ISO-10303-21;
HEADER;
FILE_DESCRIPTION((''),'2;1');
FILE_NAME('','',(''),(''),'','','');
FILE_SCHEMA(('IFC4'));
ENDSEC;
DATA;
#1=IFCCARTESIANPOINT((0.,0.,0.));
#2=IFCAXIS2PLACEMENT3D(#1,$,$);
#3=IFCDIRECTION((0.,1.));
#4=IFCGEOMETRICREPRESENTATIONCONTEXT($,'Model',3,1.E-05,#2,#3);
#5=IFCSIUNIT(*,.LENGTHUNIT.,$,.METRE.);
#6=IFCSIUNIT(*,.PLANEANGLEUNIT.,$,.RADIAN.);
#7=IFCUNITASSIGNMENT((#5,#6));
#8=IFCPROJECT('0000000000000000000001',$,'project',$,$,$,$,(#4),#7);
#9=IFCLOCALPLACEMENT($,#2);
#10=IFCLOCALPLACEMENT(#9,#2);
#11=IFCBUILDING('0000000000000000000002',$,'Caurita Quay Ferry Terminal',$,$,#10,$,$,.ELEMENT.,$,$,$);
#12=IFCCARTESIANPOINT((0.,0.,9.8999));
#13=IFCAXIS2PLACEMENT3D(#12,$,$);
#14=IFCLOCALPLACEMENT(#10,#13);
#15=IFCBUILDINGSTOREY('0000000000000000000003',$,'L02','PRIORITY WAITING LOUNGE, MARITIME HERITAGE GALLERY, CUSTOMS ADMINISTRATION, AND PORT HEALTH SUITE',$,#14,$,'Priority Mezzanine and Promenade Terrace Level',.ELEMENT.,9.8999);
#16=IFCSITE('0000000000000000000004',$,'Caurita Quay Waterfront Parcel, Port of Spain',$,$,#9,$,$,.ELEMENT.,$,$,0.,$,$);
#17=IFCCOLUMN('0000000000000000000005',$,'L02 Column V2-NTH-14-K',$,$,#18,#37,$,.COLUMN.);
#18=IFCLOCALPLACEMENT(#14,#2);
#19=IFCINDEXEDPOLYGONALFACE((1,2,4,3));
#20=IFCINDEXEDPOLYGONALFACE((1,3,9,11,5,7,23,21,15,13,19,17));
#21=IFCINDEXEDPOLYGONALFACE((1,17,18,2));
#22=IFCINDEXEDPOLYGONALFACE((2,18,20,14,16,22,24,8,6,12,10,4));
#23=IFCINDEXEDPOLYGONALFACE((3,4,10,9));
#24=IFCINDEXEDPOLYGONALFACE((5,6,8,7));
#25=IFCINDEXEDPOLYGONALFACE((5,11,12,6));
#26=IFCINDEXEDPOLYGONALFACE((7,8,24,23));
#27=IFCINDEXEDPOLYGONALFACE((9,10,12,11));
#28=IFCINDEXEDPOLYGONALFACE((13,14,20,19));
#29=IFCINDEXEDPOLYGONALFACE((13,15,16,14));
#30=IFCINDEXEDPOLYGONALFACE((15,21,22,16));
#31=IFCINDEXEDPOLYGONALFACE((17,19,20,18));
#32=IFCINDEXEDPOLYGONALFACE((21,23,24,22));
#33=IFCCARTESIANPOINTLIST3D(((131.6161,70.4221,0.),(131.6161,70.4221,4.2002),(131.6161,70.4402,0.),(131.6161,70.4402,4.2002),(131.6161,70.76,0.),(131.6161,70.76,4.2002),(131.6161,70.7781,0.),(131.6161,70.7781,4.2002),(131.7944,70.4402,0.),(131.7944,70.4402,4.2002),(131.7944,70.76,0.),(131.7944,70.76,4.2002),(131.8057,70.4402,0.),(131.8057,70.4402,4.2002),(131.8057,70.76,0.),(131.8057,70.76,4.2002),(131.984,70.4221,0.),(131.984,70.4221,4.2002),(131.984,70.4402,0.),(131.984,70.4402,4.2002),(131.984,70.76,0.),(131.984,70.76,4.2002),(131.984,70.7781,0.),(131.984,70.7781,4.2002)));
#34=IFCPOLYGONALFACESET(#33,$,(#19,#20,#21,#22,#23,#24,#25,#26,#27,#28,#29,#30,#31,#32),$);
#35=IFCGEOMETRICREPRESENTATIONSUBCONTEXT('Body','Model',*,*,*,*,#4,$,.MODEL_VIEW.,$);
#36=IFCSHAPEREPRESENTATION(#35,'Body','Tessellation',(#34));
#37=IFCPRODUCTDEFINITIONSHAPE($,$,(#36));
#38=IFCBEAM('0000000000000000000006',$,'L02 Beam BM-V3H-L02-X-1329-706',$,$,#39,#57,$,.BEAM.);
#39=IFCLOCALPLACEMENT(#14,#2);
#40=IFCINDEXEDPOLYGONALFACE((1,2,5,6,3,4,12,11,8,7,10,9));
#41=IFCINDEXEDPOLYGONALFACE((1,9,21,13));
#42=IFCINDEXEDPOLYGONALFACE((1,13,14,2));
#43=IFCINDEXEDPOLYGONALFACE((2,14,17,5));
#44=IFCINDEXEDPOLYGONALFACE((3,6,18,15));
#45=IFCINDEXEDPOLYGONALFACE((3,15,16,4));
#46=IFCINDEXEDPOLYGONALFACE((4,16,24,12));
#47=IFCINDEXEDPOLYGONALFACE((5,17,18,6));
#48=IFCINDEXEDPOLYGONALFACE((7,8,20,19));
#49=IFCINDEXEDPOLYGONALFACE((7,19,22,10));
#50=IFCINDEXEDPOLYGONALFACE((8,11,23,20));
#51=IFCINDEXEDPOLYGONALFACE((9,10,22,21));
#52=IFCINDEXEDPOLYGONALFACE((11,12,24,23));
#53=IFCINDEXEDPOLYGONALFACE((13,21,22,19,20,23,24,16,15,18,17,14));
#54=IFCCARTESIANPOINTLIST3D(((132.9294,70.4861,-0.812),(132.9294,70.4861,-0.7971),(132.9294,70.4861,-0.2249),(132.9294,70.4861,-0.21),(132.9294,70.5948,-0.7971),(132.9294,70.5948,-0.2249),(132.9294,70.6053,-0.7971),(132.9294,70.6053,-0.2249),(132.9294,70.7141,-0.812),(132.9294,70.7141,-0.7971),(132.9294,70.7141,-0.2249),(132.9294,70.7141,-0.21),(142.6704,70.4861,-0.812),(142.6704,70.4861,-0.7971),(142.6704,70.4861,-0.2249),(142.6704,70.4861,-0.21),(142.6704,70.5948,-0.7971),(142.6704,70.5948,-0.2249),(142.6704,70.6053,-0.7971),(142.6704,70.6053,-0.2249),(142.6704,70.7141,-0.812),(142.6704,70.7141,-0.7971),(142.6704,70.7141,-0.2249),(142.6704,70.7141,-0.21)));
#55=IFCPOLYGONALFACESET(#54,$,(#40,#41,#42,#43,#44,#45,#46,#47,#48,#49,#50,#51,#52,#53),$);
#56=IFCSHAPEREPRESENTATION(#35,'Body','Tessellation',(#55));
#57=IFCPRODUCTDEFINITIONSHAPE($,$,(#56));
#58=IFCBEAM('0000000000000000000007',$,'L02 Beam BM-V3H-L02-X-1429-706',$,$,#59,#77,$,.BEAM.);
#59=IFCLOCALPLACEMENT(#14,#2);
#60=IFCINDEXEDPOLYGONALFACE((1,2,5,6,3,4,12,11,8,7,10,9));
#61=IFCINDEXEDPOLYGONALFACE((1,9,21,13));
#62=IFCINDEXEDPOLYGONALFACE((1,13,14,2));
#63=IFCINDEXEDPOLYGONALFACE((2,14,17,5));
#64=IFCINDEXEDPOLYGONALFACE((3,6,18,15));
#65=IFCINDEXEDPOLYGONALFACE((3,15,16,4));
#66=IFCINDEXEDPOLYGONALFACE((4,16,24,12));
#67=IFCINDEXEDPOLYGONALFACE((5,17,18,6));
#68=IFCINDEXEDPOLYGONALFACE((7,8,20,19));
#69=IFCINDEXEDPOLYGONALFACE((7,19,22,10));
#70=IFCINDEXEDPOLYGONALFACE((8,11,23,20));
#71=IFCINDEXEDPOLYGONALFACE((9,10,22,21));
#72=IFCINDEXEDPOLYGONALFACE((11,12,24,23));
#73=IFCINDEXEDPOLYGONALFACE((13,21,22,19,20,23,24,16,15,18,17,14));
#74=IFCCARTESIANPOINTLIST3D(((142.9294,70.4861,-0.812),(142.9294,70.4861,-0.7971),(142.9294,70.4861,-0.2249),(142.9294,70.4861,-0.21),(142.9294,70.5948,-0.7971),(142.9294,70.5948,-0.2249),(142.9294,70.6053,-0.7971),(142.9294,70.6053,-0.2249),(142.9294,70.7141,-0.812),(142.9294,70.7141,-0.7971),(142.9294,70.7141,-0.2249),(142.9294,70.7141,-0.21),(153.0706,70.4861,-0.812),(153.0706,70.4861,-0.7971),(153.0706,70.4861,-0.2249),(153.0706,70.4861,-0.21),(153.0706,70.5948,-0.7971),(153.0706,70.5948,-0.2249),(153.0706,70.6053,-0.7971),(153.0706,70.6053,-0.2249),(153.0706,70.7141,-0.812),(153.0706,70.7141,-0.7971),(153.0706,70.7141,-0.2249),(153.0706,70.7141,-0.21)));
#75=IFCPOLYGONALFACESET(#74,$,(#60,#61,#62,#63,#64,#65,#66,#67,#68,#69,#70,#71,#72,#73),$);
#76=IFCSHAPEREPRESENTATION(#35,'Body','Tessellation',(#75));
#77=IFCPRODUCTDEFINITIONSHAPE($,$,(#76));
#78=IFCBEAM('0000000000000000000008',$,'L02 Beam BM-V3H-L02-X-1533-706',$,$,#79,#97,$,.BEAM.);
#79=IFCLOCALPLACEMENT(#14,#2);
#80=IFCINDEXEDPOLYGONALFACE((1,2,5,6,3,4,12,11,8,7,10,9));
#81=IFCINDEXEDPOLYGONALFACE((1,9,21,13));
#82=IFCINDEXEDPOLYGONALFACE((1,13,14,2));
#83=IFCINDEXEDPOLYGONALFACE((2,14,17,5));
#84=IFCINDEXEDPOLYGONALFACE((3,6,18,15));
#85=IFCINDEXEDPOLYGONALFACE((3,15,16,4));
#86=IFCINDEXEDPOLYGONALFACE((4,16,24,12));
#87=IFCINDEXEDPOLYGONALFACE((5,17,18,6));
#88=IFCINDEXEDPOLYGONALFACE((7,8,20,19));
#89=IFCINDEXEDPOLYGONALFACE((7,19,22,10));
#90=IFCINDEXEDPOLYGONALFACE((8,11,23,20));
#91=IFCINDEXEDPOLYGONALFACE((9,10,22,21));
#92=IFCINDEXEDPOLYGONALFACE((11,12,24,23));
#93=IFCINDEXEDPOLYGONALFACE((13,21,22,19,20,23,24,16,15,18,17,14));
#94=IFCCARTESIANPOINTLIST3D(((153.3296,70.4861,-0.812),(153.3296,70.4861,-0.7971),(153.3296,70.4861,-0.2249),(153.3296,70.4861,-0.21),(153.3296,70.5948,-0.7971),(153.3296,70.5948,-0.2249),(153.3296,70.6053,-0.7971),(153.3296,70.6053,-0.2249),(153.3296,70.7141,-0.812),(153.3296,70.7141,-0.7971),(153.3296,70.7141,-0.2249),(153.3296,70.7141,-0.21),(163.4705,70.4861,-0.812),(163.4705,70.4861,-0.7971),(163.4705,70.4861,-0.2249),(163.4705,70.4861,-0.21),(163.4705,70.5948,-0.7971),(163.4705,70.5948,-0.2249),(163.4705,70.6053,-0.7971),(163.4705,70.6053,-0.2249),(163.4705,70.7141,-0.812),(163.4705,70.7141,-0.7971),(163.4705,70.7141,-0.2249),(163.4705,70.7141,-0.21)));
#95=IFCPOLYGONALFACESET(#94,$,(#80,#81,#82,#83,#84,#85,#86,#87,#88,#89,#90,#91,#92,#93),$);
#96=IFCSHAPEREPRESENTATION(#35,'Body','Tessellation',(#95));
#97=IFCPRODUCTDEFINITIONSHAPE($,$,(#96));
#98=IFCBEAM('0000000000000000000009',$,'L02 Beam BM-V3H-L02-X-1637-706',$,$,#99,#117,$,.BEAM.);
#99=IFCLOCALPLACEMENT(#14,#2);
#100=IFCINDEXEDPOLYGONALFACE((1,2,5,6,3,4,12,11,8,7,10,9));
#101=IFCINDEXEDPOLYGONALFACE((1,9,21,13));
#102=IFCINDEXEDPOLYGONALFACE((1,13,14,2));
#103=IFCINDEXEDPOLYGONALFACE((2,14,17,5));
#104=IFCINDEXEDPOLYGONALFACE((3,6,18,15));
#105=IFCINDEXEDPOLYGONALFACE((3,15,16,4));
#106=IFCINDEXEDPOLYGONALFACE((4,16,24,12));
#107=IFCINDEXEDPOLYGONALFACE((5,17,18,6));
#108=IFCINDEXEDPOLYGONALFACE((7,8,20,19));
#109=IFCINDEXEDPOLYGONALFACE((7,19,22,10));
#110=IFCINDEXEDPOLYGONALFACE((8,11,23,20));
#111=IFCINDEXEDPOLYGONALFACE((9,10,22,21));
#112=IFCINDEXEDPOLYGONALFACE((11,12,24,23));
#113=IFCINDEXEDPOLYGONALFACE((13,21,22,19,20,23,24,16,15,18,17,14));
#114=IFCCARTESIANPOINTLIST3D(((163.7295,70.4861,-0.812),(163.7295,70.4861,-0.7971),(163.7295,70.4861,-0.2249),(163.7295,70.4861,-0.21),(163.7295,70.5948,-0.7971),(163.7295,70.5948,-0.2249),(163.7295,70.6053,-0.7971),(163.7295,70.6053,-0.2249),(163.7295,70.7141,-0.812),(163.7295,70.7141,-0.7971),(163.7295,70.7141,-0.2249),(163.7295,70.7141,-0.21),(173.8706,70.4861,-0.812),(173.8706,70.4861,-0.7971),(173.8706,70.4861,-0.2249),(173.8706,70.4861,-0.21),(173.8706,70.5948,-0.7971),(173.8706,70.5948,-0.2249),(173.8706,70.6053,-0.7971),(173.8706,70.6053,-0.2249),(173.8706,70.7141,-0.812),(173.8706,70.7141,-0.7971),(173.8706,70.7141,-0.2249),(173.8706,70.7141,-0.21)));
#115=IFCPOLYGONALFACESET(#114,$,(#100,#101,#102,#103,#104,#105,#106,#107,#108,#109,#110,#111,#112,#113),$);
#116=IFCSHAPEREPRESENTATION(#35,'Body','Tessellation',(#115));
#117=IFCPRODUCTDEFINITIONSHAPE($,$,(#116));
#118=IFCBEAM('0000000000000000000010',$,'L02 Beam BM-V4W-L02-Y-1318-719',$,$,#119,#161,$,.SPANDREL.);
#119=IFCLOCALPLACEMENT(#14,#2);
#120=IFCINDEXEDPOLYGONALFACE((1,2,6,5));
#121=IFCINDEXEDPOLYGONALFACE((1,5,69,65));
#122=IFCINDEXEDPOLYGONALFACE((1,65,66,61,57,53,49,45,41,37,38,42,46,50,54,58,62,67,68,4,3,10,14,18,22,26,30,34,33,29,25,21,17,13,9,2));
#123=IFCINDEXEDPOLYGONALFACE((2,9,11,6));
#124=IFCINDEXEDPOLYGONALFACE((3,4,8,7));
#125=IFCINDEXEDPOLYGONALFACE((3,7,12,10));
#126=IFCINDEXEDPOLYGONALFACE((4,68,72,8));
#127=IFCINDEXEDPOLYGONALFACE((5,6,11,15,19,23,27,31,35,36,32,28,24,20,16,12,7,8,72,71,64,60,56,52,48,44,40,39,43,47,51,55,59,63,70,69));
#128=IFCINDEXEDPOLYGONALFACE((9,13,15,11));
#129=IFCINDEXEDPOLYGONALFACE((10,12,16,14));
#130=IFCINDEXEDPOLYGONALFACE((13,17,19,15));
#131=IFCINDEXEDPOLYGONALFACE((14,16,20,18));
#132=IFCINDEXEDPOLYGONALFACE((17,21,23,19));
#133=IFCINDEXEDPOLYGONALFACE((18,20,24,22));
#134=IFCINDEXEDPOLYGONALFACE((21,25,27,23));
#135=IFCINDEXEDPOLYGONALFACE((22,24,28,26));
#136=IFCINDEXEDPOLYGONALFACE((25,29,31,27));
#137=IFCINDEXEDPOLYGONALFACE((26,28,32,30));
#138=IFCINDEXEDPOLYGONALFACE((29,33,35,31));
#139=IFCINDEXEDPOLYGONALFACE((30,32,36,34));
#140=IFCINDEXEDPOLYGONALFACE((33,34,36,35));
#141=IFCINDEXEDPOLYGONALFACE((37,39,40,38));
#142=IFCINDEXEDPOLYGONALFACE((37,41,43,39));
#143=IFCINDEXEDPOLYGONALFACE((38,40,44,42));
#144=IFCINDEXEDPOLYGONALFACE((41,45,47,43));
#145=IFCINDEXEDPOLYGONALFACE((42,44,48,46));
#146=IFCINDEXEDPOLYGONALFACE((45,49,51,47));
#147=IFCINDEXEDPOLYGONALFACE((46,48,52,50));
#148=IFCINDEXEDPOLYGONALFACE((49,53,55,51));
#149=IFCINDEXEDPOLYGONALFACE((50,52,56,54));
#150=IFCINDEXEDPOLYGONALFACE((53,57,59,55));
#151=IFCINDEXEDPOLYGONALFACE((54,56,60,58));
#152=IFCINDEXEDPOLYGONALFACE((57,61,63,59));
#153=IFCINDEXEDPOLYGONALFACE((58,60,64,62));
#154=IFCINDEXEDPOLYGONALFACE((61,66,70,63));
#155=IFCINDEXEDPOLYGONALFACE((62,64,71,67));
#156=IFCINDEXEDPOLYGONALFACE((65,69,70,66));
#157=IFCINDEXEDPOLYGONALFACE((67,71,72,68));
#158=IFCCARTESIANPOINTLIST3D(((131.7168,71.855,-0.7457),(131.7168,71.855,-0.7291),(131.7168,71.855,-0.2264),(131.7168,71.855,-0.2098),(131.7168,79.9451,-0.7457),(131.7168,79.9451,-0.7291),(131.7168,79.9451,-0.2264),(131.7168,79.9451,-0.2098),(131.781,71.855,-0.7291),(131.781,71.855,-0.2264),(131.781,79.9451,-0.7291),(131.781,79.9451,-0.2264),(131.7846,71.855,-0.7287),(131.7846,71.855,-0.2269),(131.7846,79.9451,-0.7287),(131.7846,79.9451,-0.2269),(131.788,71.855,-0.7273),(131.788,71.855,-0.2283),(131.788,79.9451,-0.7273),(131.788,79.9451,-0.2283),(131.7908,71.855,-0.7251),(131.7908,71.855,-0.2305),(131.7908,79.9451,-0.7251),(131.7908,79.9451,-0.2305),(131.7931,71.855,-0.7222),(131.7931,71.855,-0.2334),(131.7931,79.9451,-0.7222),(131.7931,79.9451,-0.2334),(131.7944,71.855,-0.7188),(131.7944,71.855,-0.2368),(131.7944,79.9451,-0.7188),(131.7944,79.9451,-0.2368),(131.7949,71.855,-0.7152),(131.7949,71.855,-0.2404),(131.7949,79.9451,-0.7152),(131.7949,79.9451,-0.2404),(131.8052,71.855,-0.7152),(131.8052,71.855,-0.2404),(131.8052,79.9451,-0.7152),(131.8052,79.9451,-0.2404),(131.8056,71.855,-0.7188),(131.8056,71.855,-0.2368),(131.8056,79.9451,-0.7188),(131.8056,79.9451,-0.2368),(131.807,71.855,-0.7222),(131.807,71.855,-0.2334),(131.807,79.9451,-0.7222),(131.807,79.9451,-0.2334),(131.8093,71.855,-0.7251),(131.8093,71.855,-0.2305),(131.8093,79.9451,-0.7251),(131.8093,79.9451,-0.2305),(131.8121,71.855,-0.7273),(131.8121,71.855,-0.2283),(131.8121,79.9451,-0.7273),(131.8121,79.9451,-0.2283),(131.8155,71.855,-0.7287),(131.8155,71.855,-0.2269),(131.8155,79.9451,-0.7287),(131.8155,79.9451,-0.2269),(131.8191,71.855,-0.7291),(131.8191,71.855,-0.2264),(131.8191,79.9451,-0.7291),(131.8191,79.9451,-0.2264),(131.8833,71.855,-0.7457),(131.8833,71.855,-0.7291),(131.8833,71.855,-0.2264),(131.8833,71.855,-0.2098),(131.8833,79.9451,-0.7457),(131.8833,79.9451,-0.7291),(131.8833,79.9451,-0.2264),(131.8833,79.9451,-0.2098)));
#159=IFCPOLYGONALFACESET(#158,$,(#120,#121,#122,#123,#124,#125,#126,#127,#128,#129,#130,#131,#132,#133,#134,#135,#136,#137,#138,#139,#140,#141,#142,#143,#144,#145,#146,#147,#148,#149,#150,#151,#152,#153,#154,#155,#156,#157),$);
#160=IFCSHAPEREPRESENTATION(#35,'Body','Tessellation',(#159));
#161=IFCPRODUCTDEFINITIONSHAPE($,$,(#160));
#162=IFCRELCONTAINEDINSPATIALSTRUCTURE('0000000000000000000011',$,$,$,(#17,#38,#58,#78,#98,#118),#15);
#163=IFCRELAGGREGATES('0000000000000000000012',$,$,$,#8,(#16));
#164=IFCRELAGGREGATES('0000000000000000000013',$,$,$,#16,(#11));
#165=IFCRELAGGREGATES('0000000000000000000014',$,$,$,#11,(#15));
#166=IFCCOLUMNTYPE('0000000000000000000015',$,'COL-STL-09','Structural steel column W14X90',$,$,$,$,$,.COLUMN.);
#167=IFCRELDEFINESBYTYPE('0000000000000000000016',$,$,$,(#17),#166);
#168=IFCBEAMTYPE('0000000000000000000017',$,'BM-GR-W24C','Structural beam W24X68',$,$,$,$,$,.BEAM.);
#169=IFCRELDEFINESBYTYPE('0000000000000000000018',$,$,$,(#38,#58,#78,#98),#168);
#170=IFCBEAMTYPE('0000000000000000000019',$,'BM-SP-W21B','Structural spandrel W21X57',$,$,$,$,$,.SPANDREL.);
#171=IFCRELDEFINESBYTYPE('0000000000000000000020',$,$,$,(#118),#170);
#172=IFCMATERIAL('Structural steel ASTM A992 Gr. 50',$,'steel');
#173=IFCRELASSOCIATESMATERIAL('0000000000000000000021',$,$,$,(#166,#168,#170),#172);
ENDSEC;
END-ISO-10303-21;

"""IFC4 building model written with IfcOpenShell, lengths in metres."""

from ifc_helpers import new_model, si_unit, direction, frame, origin, origin_2d, place, context, subcontext, project, spatial, i_section, extrude, material, material_profile, profile_set, type_object, element, save


model = new_model("IFC4")

# Units and contexts
model_context = context("Model", 3, precision=1e-05, world=origin(), true_north=direction((0.0, 1.0)))
body_context = subcontext(model_context, "Body", "Model", "MODEL_VIEW")
ifc_project = project(units=[si_unit("LENGTHUNIT", "METRE"), si_unit("PLANEANGLEUNIT", "RADIAN")], contexts=[model_context])

# Site, building, storey
site_placement = place(None, origin())
site = spatial("IfcSite", under=ifc_project, at=site_placement, Name="Caurita Quay Waterfront Parcel, Port of Spain", CompositionType="ELEMENT", RefElevation=0.0)
building_placement = place(site_placement, origin())
building = spatial("IfcBuilding", under=site, at=building_placement, Name="Caurita Quay Ferry Terminal", CompositionType="ELEMENT")
storey_placement = place(building_placement, frame((0.0, 0.0, 9.8999)))
storey = spatial("IfcBuildingStorey", under=building, at=storey_placement, Name="L02", Description="PRIORITY WAITING LOUNGE, MARITIME HERITAGE GALLERY, CUSTOMS ADMINISTRATION, AND PORT HEALTH SUITE", LongName="Priority Mezzanine and Promenade Terrace Level", CompositionType="ELEMENT", Elevation=9.8999)

# Column
ifc_material_1 = material(Name="Structural steel ASTM A992 Gr. 50", Category="steel")
ifc_material_profile_1 = material_profile(ifc_material_1, i_section(OverallWidth=0.3679, OverallDepth=0.356, WebThickness=0.0112, FlangeThickness=0.0181, at=origin_2d()), Name="W14X90")
ifc_profile_set_1 = profile_set([ifc_material_profile_1], Name="Structural steel ASTM A992 Gr. 50")
column_type = type_object("IfcColumnType", Name="COL-STL-09", Description="Structural steel column W14X90", PredefinedType="COLUMN", material=ifc_profile_set_1)
column_placement = place(storey_placement, frame((131.8, 70.6001, 0.0), z_axis=(0.0, 0.0, 1.0), x_axis=(1.0, 0.0, 0.0)))
element("IfcColumn", 1, at=column_placement, inside=storey, type_object=column_type, Name="L02 Column V2-NTH-14-K", PredefinedType="COLUMN", context=body_context, shape_type="SweptSolid", body=[
    extrude(i_section(OverallWidth=0.3679, OverallDepth=0.356, WebThickness=0.0112, FlangeThickness=0.0181, at=origin_2d()), origin(), (0.0, 0.0, 1.0), 4.2002),
])

# Beams
ifc_material_profile_2 = material_profile(ifc_material_1, i_section(OverallWidth=0.228, OverallDepth=0.6021, WebThickness=0.0105, FlangeThickness=0.0149, at=origin_2d()), Name="W24X68")
ifc_profile_set_2 = profile_set([ifc_material_profile_2], Name="Structural steel ASTM A992 Gr. 50")
beam_type_1 = type_object("IfcBeamType", Name="BM-GR-W24C", Description="Structural beam W24X68", PredefinedType="BEAM", material=ifc_profile_set_2)
beam_1_placement = place(storey_placement, frame((132.9294, 70.6001, -0.511), z_axis=(1.0, 0.0, 0.0), x_axis=(0.0, 1.0, 0.0)))
element("IfcBeam", 2, at=beam_1_placement, inside=storey, type_object=beam_type_1, Name="L02 Beam BM-V3H-L02-X-1329-706", PredefinedType="BEAM", context=body_context, shape_type="SweptSolid", body=[
    extrude(i_section(OverallWidth=0.228, OverallDepth=0.6021, WebThickness=0.0105, FlangeThickness=0.0149, at=origin_2d()), origin(), (0.0, 0.0, 1.0), 9.741),
])
beam_2_placement = place(storey_placement, frame((142.9294, 70.6001, -0.511), z_axis=(1.0, 0.0, 0.0), x_axis=(0.0, 1.0, 0.0)))
element("IfcBeam", 3, at=beam_2_placement, inside=storey, type_object=beam_type_1, Name="L02 Beam BM-V3H-L02-X-1429-706", PredefinedType="BEAM", context=body_context, shape_type="SweptSolid", body=[
    extrude(i_section(OverallWidth=0.228, OverallDepth=0.6021, WebThickness=0.0105, FlangeThickness=0.0149, at=origin_2d()), origin(), (0.0, 0.0, 1.0), 10.1411),
])
beam_3_placement = place(storey_placement, frame((153.3296, 70.6001, -0.511), z_axis=(1.0, 0.0, 0.0), x_axis=(0.0, 1.0, 0.0)))
element("IfcBeam", 4, at=beam_3_placement, inside=storey, type_object=beam_type_1, Name="L02 Beam BM-V3H-L02-X-1533-706", PredefinedType="BEAM", context=body_context, shape_type="SweptSolid", body=[
    extrude(i_section(OverallWidth=0.228, OverallDepth=0.6021, WebThickness=0.0105, FlangeThickness=0.0149, at=origin_2d()), origin(), (0.0, 0.0, 1.0), 10.1409),
])
beam_4_placement = place(storey_placement, frame((163.7295, 70.6001, -0.511), z_axis=(1.0, 0.0, 0.0), x_axis=(0.0, 1.0, 0.0)))
element("IfcBeam", 5, at=beam_4_placement, inside=storey, type_object=beam_type_1, Name="L02 Beam BM-V3H-L02-X-1637-706", PredefinedType="BEAM", context=body_context, shape_type="SweptSolid", body=[
    extrude(i_section(OverallWidth=0.228, OverallDepth=0.6021, WebThickness=0.0105, FlangeThickness=0.0149, at=origin_2d()), origin(), (0.0, 0.0, 1.0), 10.1411),
])
ifc_material_profile_3 = material_profile(ifc_material_1, i_section(OverallWidth=0.1665, OverallDepth=0.5359, WebThickness=0.0103, FlangeThickness=0.0166, FilletRadius=0.0139, at=origin_2d()), Name="W21X57")
ifc_profile_set_3 = profile_set([ifc_material_profile_3], Name="Structural steel ASTM A992 Gr. 50")
beam_type_2 = type_object("IfcBeamType", Name="BM-SP-W21B", Description="Structural spandrel W21X57", PredefinedType="SPANDREL", material=ifc_profile_set_3)
beam_5_placement = place(storey_placement, frame((131.8, 71.855, -0.4778), z_axis=(0.0, 1.0, 0.0), x_axis=(-1.0, 0.0, 0.0)))
element("IfcBeam", 6, at=beam_5_placement, inside=storey, type_object=beam_type_2, Name="L02 Beam BM-V4W-L02-Y-1318-719", PredefinedType="SPANDREL", context=body_context, shape_type="SweptSolid", body=[
    extrude(i_section(OverallWidth=0.1665, OverallDepth=0.5359, WebThickness=0.0103, FlangeThickness=0.0166, FilletRadius=0.0139, at=origin_2d()), origin(), (0.0, 0.0, 1.0), 8.0901),
])

save(model, "model.ifc")
